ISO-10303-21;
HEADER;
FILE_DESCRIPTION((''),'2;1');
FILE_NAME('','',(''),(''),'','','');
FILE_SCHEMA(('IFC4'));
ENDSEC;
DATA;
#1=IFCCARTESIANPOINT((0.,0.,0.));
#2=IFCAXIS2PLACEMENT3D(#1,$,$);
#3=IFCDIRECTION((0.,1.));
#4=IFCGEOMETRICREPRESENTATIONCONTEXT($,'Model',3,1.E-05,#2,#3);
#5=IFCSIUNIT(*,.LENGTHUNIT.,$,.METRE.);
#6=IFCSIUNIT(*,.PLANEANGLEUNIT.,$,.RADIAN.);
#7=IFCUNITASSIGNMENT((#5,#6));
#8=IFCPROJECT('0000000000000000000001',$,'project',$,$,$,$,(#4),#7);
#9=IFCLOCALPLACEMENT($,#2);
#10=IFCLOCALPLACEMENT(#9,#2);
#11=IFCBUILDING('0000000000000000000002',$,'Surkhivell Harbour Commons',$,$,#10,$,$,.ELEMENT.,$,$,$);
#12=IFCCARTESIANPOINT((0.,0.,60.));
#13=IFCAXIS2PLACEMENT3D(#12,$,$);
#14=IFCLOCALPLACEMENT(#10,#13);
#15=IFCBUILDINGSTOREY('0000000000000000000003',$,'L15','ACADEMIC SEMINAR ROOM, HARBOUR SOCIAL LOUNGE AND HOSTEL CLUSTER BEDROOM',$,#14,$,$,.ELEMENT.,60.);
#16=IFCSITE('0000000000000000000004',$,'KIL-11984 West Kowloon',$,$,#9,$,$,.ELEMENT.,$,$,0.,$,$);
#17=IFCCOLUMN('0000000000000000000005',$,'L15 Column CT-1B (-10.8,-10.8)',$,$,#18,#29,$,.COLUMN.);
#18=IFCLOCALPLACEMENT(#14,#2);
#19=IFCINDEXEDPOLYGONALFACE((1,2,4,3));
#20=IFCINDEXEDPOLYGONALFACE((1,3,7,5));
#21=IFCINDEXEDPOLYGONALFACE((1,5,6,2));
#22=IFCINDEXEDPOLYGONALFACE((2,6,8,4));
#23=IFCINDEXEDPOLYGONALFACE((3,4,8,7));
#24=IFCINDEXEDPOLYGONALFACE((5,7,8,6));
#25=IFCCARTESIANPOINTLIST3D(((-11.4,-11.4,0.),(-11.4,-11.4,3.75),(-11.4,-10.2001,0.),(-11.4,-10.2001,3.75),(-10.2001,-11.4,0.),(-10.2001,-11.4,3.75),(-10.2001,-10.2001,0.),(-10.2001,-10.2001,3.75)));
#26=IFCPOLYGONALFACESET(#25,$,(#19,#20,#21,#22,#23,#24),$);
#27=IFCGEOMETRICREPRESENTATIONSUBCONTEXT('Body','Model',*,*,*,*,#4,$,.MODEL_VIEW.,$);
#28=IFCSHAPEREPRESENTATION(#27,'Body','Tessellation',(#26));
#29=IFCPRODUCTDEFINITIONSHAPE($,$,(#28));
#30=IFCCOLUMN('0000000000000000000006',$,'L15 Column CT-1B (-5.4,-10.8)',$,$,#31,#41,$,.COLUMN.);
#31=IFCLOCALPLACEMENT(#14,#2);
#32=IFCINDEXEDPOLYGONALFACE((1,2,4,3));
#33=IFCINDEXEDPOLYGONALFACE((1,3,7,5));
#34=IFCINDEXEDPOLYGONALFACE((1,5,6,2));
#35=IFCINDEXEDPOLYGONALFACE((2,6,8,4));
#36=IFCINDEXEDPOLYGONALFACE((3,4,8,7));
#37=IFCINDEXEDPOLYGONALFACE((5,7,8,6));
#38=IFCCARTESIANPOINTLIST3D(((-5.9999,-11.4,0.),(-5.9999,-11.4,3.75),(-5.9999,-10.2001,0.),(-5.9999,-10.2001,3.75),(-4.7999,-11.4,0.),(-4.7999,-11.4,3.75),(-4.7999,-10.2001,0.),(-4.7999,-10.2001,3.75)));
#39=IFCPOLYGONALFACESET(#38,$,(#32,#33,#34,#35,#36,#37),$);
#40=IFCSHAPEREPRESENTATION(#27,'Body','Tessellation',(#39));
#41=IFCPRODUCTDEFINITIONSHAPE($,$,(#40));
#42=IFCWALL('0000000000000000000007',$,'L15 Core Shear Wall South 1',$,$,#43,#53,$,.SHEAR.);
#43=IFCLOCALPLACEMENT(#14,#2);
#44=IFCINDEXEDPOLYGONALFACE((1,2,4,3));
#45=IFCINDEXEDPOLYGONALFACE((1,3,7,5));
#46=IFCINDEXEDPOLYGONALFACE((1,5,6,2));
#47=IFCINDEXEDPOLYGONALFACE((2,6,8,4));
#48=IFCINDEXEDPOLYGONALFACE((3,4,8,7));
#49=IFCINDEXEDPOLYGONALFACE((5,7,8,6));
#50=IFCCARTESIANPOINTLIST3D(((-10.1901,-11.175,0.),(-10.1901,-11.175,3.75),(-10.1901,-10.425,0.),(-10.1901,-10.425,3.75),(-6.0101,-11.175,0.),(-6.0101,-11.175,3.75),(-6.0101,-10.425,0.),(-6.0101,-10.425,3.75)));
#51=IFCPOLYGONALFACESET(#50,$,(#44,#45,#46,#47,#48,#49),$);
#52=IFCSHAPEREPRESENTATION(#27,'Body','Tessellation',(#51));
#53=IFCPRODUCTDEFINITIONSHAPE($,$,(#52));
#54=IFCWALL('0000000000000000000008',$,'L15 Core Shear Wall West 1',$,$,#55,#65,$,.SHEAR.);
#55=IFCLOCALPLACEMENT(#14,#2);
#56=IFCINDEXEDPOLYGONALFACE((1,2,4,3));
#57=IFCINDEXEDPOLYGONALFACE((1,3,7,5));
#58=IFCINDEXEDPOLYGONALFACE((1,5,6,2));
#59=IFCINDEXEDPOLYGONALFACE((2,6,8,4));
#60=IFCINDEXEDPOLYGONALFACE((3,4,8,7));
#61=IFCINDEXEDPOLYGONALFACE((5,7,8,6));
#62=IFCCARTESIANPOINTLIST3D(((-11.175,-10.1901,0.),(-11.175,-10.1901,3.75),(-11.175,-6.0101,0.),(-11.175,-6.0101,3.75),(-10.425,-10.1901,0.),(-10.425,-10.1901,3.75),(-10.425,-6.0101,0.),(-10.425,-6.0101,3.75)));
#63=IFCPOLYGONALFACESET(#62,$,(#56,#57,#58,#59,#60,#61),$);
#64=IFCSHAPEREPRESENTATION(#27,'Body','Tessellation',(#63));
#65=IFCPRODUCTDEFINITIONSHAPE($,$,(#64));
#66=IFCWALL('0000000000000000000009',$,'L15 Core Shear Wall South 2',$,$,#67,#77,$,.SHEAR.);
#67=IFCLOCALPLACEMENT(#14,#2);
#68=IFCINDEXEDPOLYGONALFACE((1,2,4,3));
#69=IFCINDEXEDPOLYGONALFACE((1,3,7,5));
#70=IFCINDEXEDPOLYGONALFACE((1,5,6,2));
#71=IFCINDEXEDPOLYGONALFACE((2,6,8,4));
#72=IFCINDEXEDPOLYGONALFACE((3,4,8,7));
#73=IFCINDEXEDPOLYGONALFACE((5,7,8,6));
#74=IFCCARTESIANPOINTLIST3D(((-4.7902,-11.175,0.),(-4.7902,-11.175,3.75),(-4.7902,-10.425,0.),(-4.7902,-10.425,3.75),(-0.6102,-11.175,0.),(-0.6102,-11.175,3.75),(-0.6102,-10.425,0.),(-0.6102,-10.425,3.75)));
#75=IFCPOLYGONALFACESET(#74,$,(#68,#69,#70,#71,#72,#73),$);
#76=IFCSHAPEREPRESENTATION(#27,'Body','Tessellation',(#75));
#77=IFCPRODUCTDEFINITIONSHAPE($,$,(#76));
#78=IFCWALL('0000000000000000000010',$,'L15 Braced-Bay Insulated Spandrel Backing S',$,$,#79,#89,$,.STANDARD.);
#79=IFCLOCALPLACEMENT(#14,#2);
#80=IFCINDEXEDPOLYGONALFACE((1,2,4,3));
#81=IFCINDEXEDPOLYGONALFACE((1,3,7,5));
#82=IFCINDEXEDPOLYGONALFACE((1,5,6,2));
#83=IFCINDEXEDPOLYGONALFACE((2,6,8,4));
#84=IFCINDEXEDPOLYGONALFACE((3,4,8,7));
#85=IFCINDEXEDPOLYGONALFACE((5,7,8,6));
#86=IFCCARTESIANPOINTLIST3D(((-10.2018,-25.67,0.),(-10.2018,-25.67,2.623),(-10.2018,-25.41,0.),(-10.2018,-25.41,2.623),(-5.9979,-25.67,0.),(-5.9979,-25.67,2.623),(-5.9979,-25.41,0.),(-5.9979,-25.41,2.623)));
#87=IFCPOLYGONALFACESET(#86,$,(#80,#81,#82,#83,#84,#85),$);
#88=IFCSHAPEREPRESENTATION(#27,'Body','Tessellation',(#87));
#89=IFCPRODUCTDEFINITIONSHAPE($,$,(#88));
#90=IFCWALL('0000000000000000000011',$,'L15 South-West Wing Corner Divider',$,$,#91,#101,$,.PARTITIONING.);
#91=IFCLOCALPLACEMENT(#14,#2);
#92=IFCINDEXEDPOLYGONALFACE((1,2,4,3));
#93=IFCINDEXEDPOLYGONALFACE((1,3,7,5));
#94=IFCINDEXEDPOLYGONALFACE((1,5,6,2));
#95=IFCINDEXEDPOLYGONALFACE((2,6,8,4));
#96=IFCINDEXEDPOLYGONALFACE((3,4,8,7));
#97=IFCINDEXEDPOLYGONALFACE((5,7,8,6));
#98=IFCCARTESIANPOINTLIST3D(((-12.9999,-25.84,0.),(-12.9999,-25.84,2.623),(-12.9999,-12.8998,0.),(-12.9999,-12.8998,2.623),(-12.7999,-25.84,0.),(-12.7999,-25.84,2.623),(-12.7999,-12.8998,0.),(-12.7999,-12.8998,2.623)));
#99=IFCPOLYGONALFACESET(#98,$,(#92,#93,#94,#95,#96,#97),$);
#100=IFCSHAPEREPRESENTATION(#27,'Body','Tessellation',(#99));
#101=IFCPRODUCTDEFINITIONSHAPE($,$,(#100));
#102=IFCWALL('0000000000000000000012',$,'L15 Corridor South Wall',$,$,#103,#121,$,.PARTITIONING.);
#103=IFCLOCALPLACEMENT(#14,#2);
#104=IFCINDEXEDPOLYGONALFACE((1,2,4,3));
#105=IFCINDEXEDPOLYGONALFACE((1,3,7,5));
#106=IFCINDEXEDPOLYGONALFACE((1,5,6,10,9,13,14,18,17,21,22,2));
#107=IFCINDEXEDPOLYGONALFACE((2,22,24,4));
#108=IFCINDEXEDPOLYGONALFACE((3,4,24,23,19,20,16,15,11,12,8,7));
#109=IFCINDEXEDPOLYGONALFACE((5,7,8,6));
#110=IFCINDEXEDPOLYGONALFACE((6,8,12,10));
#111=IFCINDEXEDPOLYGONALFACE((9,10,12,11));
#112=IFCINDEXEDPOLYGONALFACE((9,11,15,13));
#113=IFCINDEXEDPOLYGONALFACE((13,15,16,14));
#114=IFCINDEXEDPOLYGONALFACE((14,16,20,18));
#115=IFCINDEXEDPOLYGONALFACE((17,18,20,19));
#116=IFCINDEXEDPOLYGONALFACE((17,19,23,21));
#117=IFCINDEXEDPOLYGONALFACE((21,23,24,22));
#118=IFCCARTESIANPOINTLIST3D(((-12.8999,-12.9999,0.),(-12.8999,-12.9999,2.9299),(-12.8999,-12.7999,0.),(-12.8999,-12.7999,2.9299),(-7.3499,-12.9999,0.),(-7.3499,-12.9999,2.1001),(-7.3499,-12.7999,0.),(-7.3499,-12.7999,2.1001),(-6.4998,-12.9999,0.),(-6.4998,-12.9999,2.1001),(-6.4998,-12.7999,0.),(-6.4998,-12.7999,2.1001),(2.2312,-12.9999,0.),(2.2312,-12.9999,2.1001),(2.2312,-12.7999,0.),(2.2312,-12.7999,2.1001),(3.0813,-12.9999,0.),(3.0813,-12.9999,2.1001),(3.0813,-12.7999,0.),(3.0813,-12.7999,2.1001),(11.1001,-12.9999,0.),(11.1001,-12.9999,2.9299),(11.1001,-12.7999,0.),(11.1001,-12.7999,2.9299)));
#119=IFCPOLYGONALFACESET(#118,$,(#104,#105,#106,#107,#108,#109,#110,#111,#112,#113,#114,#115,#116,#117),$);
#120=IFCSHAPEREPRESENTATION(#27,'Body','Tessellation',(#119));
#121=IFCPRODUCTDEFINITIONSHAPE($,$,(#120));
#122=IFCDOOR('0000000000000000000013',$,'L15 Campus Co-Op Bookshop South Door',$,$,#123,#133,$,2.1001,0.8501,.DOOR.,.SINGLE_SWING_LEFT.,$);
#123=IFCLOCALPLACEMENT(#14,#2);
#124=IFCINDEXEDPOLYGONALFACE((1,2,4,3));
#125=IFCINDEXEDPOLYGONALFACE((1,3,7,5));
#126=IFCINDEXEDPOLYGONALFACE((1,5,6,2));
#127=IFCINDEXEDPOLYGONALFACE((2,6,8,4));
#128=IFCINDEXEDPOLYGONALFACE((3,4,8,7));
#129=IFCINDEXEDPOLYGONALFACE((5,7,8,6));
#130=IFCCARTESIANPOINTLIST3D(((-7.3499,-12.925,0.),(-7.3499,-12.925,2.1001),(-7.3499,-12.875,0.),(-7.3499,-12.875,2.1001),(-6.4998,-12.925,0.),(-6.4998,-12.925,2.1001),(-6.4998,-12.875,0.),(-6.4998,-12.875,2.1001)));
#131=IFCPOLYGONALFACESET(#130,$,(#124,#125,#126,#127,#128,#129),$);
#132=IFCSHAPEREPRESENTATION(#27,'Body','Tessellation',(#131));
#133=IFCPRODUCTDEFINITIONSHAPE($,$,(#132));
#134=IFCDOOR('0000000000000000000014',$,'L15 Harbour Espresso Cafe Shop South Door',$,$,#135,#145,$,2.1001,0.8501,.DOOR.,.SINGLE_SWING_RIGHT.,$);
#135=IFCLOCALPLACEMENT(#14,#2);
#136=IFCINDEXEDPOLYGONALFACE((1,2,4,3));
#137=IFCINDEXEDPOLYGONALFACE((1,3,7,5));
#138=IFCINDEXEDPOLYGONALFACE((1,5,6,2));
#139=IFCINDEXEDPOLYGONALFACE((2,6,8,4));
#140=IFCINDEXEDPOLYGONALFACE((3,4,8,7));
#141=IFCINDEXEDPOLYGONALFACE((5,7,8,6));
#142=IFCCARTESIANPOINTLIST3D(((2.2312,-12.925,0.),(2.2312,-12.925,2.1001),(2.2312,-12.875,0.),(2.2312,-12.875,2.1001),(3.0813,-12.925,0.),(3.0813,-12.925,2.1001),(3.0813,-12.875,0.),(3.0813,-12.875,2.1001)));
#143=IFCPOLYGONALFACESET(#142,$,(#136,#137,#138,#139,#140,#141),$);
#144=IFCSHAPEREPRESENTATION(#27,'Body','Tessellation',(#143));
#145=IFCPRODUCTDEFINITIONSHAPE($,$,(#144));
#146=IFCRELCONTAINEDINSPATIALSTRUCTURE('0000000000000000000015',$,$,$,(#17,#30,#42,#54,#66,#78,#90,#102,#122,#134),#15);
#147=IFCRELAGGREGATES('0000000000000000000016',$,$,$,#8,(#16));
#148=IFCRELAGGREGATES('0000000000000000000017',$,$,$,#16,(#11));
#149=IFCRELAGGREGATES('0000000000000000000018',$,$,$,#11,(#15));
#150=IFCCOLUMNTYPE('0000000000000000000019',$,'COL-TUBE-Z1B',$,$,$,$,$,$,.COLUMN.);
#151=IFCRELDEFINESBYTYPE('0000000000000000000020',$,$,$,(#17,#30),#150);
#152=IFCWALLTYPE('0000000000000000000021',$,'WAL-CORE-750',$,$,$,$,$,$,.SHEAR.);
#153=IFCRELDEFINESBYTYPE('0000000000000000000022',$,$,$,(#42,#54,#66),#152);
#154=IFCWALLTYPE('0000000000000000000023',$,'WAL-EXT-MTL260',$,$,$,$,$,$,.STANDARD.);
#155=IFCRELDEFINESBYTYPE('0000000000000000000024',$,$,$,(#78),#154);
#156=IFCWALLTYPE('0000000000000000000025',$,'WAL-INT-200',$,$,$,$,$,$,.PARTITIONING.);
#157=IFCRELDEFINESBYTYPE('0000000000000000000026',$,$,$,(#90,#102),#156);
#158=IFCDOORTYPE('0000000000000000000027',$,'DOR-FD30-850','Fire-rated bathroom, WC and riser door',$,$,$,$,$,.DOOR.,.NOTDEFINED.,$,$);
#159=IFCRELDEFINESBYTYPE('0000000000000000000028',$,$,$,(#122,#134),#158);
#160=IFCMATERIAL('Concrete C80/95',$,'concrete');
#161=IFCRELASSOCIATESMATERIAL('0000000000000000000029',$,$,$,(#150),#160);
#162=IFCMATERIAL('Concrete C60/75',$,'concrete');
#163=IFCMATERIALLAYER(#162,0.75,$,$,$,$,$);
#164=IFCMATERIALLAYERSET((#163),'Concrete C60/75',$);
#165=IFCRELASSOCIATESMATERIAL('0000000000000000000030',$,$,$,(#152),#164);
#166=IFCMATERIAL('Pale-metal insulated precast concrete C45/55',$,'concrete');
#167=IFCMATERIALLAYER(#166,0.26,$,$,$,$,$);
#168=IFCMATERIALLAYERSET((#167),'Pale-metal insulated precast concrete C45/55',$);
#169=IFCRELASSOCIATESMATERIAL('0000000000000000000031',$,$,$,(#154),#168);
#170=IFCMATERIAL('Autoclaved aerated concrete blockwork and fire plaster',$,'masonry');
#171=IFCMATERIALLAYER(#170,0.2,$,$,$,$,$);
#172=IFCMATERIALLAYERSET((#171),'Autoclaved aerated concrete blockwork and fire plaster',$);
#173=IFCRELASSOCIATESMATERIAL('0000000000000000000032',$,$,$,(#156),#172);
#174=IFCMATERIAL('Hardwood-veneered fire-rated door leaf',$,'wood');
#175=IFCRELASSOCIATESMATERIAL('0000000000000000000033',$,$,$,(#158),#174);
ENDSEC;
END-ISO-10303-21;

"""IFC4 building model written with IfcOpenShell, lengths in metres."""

from ifc_helpers import new_model, si_unit, direction, frame, frame_2d, origin, origin_2d, place, context, subcontext, project, spatial, rectangle, extrude, material, layer, layer_set, material_profile, profile_set, type_object, element, fill, save


model = new_model("IFC4")

# Units and contexts
model_context = context("Model", 3, precision=1e-05, world=origin(), true_north=direction((0.0, 1.0)))
body_context = subcontext(model_context, "Body", "Model", "MODEL_VIEW")
ifc_project = project(units=[si_unit("LENGTHUNIT", "METRE"), si_unit("PLANEANGLEUNIT", "RADIAN")], contexts=[model_context])

# Site, building, storey
site_placement = place(None, origin())
site = spatial("IfcSite", under=ifc_project, at=site_placement, Name="KIL-11984 West Kowloon", CompositionType="ELEMENT", RefElevation=0.0)
building_placement = place(site_placement, origin())
building = spatial("IfcBuilding", under=site, at=building_placement, Name="Surkhivell Harbour Commons", CompositionType="ELEMENT")
storey_placement = place(building_placement, frame((0.0, 0.0, 60.0)))
storey = spatial("IfcBuildingStorey", under=building, at=storey_placement, Name="L15", Description="ACADEMIC SEMINAR ROOM, HARBOUR SOCIAL LOUNGE AND HOSTEL CLUSTER BEDROOM", CompositionType="ELEMENT", Elevation=60.0)

# Columns
ifc_material_1 = material(Name="Concrete C80/95", Category="concrete")
ifc_material_profile = material_profile(ifc_material_1, rectangle(XDim=1.2, YDim=1.2, at=origin_2d()), Name="RC-COL-1200x1200")
ifc_profile_set = profile_set([ifc_material_profile], Name="Concrete C80/95")
column_type = type_object("IfcColumnType", Name="COL-TUBE-Z1B", PredefinedType="COLUMN", material=ifc_profile_set)
for number, where, z_axis, x_axis, name in (
    (1, (-10.8, -10.8, 0.0), (0.0, 0.0, 1.0), (1.0, 0.0, 0.0), "L15 Column CT-1B (-10.8,-10.8)"),
    (2, (-5.3999, -10.8, 0.0), (0.0, 0.0, 1.0), (1.0, 0.0, 0.0), "L15 Column CT-1B (-5.4,-10.8)"),
):
    element("IfcColumn", number, at=place(storey_placement, frame(where, z_axis=z_axis, x_axis=x_axis)), inside=storey, type_object=column_type, Name=name, PredefinedType="COLUMN", context=body_context, shape_type="SweptSolid", body=[
        extrude(rectangle(XDim=1.2, YDim=1.2, at=origin_2d()), origin(), (0.0, 0.0, 1.0), 3.75),
    ])

# Walls
ifc_material_2 = material(Name="Concrete C60/75", Category="concrete")
ifc_layer_1 = layer(ifc_material_2, 0.75)
ifc_layer_set_1 = layer_set([ifc_layer_1], Name="Concrete C60/75")
wall_type_1 = type_object("IfcWallType", Name="WAL-CORE-750", PredefinedType="SHEAR", material=ifc_layer_set_1)
for number, where, z_axis, x_axis, name in (
    (3, (-10.1899, -10.8, 0.0), (0.0, 0.0, 1.0), (1.0, 0.0, 0.0), "L15 Core Shear Wall South 1"),
    (4, (-10.8, -10.1899, 0.0), (0.0, 0.0, 1.0), (0.0, 1.0, 0.0), "L15 Core Shear Wall West 1"),
    (5, (-4.79, -10.8, 0.0), (0.0, 0.0, 1.0), (1.0, 0.0, 0.0), "L15 Core Shear Wall South 2"),
):
    element("IfcWall", number, at=place(storey_placement, frame(where, z_axis=z_axis, x_axis=x_axis)), inside=storey, type_object=wall_type_1, Name=name, PredefinedType="SHEAR", context=body_context, shape_type="SweptSolid", body=[
        extrude(rectangle(XDim=4.1799, YDim=0.75, at=frame_2d((2.0898, 0.0))), origin(), (0.0, 0.0, 1.0), 3.75),
    ])
ifc_material_3 = material(Name="Pale-metal insulated precast concrete C45/55", Category="concrete")
ifc_layer_2 = layer(ifc_material_3, 0.26)
ifc_layer_set_2 = layer_set([ifc_layer_2], Name="Pale-metal insulated precast concrete C45/55")
wall_type_2 = type_object("IfcWallType", Name="WAL-EXT-MTL260", PredefinedType="STANDARD", material=ifc_layer_set_2)
wall_1_placement = place(storey_placement, frame((-10.2019, -25.54, 0.0), z_axis=(0.0, 0.0, 1.0), x_axis=(1.0, 0.0, 0.0)))
element("IfcWall", 6, at=wall_1_placement, inside=storey, type_object=wall_type_2, Name="L15 Braced-Bay Insulated Spandrel Backing S", PredefinedType="STANDARD", context=body_context, shape_type="SweptSolid", body=[
    extrude(rectangle(XDim=4.2039, YDim=0.26, at=frame_2d((2.1021, 0.0))), origin(), (0.0, 0.0, 1.0), 2.623),
])
ifc_material_4 = material(Name="Autoclaved aerated concrete blockwork and fire plaster", Category="masonry")
ifc_layer_3 = layer(ifc_material_4, 0.2)
ifc_layer_set_3 = layer_set([ifc_layer_3], Name="Autoclaved aerated concrete blockwork and fire plaster")
wall_type_3 = type_object("IfcWallType", Name="WAL-INT-200", PredefinedType="PARTITIONING", material=ifc_layer_set_3)
wall_2_placement = place(storey_placement, frame((-12.8999, -25.8401, 0.0), z_axis=(0.0, 0.0, 1.0), x_axis=(0.0, 1.0, 0.0)))
element("IfcWall", 7, at=wall_2_placement, inside=storey, type_object=wall_type_3, Name="L15 South-West Wing Corner Divider", PredefinedType="PARTITIONING", context=body_context, shape_type="SweptSolid", body=[
    extrude(rectangle(XDim=12.9402, YDim=0.2, at=frame_2d((6.4702, 0.0))), origin(), (0.0, 0.0, 1.0), 2.623),
])

# Wall, openings, doors
wall_3_placement = place(storey_placement, frame((-12.8999, -12.8999, 0.0), z_axis=(0.0, 0.0, 1.0), x_axis=(1.0, 0.0, 0.0)))
wall_3 = element("IfcWall", 8, at=wall_3_placement, inside=storey, type_object=wall_type_3, Name="L15 Corridor South Wall", PredefinedType="PARTITIONING", context=body_context, shape_type="SweptSolid", body=[
    extrude(rectangle(XDim=24.0, YDim=0.2, at=frame_2d((12.0, 0.0))), origin(), (0.0, 0.0, 1.0), 2.9299),
])
opening_1_placement = place(wall_3_placement, frame((5.55, 0.0, 0.0)))
opening_1 = element("IfcOpeningElement", 9, at=opening_1_placement, cuts=wall_3, PredefinedType="OPENING", context=body_context, shape_type="SweptSolid", body=[
    extrude(rectangle(XDim=0.8501, YDim=2.1001, at=frame_2d((0.425, 1.05))), frame((0.0, 0.1099, 0.0), z_axis=(0.0, -1.0, 0.0), x_axis=(1.0, 0.0, 0.0)), (0.0, 0.0, 1.0), 0.22),
])
opening_2_placement = place(wall_3_placement, frame((15.1311, 0.0, 0.0)))
opening_2 = element("IfcOpeningElement", 10, at=opening_2_placement, cuts=wall_3, PredefinedType="OPENING", context=body_context, shape_type="SweptSolid", body=[
    extrude(rectangle(XDim=0.8501, YDim=2.1001, at=frame_2d((0.425, 1.05))), frame((0.0, 0.1099, 0.0), z_axis=(0.0, -1.0, 0.0), x_axis=(1.0, 0.0, 0.0)), (0.0, 0.0, 1.0), 0.22),
])
ifc_material_5 = material(Name="Hardwood-veneered fire-rated door leaf", Category="wood")
door_type_1 = type_object("IfcDoorType", Name="DOR-FD30-850", Description="Fire-rated bathroom, WC and riser door", OperationType="NOTDEFINED", PredefinedType="DOOR", material=ifc_material_5)
door_1_placement = place(opening_1_placement, origin())
door_1 = element("IfcDoor", 11, at=door_1_placement, inside=storey, type_object=door_type_1, Name="L15 Campus Co-Op Bookshop South Door", OperationType="SINGLE_SWING_LEFT", OverallHeight=2.1001, OverallWidth=0.8501, PredefinedType="DOOR", context=body_context, shape_type="SweptSolid", body=[
    extrude(rectangle(XDim=0.8501, YDim=2.1001, at=frame_2d((0.425, 1.05))), frame((0.0, 0.0249, 0.0), z_axis=(0.0, -1.0, 0.0), x_axis=(1.0, 0.0, 0.0)), (0.0, 0.0, 1.0), 0.05),
])
fill(opening_1, door_1)
door_2_placement = place(opening_2_placement, origin())
door_2 = element("IfcDoor", 12, at=door_2_placement, inside=storey, type_object=door_type_1, Name="L15 Harbour Espresso Cafe Shop South Door", OperationType="SINGLE_SWING_RIGHT", OverallHeight=2.1001, OverallWidth=0.8501, PredefinedType="DOOR", context=body_context, shape_type="SweptSolid", body=[
    extrude(rectangle(XDim=0.8501, YDim=2.1001, at=frame_2d((0.425, 1.05))), frame((0.0, 0.0249, 0.0), z_axis=(0.0, -1.0, 0.0), x_axis=(1.0, 0.0, 0.0)), (0.0, 0.0, 1.0), 0.05),
])
fill(opening_2, door_2)

save(model, "model.ifc")
